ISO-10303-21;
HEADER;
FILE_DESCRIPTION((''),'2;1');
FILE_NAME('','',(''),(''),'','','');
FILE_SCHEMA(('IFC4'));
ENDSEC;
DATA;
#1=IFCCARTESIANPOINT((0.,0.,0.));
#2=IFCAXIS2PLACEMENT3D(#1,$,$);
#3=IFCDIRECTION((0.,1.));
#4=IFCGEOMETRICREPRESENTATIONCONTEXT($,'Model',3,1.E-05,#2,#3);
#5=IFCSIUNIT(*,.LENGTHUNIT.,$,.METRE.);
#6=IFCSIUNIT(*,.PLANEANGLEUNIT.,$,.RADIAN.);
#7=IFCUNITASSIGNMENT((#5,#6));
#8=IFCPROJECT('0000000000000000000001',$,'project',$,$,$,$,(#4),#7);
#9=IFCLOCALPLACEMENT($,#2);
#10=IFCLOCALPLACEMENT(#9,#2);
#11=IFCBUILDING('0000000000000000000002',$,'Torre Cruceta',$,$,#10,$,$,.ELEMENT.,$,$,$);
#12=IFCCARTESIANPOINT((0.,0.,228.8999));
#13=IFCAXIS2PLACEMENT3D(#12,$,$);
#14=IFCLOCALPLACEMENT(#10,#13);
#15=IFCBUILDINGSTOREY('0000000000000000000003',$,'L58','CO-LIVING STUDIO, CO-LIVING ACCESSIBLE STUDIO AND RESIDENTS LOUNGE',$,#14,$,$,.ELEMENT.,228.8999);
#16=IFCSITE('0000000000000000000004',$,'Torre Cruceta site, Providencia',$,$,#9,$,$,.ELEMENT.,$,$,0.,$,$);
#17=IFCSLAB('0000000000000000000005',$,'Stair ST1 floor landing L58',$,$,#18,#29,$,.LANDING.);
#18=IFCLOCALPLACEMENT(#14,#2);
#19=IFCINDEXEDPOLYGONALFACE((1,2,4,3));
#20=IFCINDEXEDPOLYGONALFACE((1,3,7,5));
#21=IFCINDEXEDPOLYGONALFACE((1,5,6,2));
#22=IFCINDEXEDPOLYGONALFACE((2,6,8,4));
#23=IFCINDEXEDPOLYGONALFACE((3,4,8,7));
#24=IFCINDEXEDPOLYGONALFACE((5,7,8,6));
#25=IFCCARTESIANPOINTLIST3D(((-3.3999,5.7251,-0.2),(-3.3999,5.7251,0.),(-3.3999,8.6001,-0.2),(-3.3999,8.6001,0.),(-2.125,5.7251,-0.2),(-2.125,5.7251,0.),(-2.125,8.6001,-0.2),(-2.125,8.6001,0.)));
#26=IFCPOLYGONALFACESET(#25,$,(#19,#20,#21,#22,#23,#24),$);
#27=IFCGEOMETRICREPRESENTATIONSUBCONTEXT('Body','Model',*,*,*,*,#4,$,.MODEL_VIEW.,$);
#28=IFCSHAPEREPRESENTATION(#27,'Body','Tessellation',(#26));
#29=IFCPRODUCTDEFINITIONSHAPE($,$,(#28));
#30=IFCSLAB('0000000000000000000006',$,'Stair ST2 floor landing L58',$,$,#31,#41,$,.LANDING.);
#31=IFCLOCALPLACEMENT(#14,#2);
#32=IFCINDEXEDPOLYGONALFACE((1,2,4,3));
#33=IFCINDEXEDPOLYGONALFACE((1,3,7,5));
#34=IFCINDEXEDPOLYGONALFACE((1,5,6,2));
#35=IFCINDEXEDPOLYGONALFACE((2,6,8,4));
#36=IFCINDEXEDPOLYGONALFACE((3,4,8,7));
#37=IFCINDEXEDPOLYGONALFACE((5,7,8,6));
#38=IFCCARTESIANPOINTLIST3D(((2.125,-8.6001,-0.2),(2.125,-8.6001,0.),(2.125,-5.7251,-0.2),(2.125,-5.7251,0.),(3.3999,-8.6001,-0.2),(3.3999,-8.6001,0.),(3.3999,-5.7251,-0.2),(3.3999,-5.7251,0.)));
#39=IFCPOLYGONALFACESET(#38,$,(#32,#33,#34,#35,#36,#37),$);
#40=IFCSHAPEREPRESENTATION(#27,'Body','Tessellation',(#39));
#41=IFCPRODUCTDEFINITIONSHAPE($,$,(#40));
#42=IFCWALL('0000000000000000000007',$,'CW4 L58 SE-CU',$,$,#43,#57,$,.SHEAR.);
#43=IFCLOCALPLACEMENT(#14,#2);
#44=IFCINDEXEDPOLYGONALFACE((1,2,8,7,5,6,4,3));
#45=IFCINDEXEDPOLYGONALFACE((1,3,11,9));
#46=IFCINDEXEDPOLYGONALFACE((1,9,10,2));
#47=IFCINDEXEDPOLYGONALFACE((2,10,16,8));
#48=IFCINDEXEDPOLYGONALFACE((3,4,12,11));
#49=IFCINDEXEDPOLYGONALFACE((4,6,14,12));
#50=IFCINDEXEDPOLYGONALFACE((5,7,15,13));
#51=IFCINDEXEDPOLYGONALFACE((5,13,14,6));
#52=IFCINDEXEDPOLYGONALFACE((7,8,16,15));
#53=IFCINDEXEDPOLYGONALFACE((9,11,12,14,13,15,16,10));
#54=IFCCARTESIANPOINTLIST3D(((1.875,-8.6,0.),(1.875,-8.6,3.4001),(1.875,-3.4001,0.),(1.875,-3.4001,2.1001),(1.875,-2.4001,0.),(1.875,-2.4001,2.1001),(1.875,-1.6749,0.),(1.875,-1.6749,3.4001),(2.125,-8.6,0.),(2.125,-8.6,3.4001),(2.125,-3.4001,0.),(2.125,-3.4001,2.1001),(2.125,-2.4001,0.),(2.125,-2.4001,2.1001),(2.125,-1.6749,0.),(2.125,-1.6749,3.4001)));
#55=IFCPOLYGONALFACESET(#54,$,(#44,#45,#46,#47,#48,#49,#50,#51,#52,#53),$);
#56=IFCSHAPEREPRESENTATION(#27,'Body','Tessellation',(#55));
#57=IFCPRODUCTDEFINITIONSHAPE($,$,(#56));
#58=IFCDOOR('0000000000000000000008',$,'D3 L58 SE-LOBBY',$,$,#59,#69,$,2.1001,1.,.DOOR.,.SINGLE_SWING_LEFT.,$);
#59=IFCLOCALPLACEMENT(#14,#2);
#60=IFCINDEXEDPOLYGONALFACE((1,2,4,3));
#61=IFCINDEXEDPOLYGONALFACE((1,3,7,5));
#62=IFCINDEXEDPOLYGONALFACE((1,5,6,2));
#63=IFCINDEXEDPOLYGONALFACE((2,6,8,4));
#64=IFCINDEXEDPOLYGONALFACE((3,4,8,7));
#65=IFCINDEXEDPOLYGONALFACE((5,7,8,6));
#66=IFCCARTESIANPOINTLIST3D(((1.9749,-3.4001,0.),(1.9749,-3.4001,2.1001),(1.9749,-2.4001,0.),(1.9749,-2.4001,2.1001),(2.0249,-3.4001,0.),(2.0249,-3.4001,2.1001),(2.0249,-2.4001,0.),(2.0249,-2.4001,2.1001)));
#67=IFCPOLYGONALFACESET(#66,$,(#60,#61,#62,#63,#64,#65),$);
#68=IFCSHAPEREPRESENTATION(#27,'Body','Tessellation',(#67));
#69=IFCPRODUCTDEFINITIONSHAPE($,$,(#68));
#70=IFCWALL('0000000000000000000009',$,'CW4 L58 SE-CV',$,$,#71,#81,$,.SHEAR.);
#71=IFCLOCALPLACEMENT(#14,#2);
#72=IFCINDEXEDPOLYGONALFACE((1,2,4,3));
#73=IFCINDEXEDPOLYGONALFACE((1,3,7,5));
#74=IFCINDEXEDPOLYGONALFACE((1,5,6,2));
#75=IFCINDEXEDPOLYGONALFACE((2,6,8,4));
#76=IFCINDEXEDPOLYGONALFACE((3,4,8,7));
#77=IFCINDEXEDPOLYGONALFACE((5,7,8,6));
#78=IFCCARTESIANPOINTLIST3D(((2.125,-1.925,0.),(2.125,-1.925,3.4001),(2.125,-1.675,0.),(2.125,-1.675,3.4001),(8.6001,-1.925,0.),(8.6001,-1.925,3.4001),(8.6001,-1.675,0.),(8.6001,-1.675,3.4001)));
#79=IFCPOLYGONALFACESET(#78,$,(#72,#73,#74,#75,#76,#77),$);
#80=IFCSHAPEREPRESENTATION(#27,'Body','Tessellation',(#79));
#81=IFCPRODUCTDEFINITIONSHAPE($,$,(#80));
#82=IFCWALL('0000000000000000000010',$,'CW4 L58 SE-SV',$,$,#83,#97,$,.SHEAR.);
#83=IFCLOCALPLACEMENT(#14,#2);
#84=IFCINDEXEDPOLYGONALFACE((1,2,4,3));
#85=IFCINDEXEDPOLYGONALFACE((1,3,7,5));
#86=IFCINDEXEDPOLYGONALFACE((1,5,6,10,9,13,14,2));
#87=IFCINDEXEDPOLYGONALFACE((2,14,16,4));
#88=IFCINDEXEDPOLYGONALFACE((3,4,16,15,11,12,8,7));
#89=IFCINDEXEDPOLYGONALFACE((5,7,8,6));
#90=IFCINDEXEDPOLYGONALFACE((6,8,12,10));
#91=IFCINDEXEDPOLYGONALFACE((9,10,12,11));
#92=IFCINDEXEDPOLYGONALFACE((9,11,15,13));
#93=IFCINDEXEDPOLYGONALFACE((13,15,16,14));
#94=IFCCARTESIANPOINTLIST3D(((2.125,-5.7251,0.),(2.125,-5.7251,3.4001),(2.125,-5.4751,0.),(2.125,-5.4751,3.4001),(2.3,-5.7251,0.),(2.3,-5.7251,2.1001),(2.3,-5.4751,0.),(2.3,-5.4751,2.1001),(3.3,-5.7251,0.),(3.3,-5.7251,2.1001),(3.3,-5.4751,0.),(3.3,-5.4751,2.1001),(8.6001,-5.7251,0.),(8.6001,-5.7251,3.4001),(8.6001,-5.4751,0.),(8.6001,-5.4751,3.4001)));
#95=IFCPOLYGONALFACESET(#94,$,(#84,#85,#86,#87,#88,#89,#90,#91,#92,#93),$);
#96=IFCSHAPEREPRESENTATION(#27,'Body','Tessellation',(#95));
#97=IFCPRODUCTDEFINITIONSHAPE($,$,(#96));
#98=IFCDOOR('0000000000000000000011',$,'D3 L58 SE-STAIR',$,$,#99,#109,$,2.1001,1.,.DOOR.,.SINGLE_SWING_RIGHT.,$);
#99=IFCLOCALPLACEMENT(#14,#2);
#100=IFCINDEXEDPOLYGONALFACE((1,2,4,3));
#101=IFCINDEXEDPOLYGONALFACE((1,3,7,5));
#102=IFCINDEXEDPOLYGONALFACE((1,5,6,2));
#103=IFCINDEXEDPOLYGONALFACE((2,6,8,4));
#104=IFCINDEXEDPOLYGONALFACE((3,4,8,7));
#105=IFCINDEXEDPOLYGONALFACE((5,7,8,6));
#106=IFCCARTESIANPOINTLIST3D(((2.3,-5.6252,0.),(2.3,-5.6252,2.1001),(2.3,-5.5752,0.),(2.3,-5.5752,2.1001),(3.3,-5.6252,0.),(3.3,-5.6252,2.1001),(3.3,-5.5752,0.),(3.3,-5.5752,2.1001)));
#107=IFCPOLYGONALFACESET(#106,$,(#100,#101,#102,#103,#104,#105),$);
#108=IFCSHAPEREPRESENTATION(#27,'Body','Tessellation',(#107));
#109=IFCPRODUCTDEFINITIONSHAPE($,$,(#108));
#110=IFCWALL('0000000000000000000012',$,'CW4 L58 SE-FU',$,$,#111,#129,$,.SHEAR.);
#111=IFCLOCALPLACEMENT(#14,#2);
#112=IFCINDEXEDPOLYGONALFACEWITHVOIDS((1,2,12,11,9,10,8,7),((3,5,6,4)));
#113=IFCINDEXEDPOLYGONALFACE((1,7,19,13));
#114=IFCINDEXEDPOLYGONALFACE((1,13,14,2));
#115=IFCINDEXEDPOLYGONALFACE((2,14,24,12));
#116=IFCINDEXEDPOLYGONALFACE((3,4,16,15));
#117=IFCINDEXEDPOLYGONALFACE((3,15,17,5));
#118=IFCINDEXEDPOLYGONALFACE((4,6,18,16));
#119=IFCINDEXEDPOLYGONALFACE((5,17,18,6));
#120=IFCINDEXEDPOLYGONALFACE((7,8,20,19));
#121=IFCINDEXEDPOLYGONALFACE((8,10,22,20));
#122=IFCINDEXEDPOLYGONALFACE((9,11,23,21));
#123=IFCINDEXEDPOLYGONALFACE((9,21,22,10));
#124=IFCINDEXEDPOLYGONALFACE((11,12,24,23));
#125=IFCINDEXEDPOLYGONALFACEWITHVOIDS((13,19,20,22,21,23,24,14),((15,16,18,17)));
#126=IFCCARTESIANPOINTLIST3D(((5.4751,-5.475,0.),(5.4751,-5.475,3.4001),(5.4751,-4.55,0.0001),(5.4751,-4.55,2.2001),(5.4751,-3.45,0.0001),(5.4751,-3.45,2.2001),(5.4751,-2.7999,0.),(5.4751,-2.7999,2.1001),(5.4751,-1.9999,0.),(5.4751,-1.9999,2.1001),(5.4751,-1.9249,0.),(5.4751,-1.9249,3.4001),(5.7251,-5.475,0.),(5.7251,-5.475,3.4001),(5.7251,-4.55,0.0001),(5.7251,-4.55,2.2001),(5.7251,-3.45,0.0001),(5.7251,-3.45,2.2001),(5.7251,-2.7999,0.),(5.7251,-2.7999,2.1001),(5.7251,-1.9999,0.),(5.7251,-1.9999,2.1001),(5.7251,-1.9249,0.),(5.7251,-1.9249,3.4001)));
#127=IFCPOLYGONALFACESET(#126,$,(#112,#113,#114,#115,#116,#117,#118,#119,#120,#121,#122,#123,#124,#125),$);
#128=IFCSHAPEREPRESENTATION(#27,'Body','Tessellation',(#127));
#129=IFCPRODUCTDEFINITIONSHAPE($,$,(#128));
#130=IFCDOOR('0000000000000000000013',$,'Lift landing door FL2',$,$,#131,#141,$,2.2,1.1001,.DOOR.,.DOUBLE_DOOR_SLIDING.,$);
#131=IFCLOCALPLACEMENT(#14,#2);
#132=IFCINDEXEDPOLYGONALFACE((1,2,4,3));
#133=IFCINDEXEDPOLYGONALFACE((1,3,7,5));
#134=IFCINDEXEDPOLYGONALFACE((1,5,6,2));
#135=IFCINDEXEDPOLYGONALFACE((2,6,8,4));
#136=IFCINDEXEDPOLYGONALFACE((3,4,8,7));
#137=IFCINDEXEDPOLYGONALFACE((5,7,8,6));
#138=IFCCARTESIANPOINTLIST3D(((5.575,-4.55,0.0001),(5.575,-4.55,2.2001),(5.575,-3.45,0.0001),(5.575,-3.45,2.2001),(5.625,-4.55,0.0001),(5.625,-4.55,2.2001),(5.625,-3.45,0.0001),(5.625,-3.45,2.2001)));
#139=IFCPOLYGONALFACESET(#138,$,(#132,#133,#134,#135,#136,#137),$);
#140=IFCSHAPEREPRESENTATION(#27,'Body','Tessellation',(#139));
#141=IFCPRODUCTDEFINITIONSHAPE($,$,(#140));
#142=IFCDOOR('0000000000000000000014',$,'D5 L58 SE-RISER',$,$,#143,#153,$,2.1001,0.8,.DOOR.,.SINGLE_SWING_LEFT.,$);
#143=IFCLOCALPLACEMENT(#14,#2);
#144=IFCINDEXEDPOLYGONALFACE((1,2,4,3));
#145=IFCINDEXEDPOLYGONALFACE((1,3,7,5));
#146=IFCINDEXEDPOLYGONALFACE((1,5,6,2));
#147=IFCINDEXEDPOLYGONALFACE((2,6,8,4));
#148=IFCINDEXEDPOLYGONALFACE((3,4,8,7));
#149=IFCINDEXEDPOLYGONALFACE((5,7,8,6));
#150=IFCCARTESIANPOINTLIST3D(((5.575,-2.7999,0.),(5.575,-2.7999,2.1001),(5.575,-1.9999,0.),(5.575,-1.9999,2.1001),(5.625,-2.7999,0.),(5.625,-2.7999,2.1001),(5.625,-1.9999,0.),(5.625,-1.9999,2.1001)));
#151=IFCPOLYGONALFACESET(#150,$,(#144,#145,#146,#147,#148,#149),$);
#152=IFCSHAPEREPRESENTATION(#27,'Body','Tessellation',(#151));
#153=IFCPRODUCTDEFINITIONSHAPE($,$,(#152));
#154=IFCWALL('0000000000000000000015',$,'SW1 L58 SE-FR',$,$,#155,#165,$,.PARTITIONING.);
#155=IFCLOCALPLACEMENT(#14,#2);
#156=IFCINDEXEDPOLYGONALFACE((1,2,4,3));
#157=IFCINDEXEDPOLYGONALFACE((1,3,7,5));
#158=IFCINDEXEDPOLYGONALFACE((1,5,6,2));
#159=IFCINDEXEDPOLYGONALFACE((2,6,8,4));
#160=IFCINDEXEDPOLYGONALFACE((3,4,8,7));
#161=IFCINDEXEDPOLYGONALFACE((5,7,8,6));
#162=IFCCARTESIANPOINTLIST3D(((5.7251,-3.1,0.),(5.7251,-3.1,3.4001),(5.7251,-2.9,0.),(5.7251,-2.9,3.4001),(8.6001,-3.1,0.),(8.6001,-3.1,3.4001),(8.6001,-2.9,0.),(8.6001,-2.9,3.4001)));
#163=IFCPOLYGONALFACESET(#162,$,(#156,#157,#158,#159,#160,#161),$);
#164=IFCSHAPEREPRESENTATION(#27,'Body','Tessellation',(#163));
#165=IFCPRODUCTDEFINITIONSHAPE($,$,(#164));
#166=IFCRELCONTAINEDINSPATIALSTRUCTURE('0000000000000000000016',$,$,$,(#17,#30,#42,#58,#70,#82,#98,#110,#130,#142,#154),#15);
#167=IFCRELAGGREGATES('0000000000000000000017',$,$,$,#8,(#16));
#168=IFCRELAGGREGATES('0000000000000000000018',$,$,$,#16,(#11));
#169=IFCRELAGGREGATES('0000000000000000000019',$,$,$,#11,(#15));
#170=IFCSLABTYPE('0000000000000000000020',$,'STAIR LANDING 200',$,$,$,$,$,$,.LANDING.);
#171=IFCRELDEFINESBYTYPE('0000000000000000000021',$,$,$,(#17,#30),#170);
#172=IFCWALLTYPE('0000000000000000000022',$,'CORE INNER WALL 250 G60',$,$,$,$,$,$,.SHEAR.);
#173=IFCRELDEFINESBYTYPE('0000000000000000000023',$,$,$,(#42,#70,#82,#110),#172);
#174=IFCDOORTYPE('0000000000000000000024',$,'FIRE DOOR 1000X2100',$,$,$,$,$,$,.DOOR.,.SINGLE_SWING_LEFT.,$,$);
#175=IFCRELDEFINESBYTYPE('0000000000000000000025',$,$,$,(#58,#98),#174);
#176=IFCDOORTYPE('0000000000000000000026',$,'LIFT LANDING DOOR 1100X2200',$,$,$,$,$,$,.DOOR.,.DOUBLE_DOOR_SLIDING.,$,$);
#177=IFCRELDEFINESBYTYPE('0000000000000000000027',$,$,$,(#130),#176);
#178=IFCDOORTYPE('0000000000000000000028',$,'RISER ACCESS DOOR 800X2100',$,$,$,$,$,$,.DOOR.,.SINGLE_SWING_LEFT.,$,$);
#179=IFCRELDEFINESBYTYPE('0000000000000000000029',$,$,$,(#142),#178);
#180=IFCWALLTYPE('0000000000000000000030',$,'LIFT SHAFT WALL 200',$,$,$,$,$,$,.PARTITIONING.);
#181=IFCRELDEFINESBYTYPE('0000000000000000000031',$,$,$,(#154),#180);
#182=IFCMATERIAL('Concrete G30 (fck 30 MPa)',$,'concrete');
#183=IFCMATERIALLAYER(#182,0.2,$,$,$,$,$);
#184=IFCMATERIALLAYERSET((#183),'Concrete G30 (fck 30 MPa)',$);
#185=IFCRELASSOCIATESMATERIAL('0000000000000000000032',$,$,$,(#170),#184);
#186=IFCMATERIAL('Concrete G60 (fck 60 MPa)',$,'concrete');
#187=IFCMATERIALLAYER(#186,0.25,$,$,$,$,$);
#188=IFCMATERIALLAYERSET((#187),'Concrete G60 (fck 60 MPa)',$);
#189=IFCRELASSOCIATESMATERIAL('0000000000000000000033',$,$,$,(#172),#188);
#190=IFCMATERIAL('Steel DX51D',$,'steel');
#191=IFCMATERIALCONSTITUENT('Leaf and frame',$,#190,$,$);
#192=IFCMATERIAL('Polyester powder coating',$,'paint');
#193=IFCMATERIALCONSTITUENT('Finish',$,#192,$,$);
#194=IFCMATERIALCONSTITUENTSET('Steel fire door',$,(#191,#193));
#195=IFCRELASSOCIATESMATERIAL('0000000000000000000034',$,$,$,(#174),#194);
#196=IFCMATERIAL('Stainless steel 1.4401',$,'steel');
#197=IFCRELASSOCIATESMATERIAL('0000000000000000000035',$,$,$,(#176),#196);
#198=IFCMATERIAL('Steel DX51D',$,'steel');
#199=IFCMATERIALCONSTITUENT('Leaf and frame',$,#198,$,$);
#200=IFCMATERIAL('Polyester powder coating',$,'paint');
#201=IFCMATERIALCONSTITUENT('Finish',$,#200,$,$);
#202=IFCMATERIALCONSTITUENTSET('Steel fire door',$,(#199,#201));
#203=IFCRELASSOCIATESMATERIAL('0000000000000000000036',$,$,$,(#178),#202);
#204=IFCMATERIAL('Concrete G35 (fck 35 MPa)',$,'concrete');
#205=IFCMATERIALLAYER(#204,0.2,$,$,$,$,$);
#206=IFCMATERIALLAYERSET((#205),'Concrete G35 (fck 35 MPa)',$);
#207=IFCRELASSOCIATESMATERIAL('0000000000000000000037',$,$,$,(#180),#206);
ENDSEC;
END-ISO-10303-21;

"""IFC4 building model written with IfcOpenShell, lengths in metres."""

from ifc_helpers import new_model, si_unit, direction, frame, frame_2d, origin, place, context, subcontext, project, spatial, polyline, rectangle, outline, extrude, material, layer, layer_set, constituent, constituent_set, type_object, element, fill, save


model = new_model("IFC4")

# Units and contexts
model_context = context("Model", 3, precision=1e-05, world=origin(), true_north=direction((0.0, 1.0)))
body_context = subcontext(model_context, "Body", "Model", "MODEL_VIEW")
ifc_project = project(units=[si_unit("LENGTHUNIT", "METRE"), si_unit("PLANEANGLEUNIT", "RADIAN")], contexts=[model_context])

# Site, building, storey
site_placement = place(None, origin())
site = spatial("IfcSite", under=ifc_project, at=site_placement, Name="Torre Cruceta site, Providencia", CompositionType="ELEMENT", RefElevation=0.0)
building_placement = place(site_placement, origin())
building = spatial("IfcBuilding", under=site, at=building_placement, Name="Torre Cruceta", CompositionType="ELEMENT")
storey_placement = place(building_placement, frame((0.0, 0.0, 228.8999)))
storey = spatial("IfcBuildingStorey", under=building, at=storey_placement, Name="L58", Description="CO-LIVING STUDIO, CO-LIVING ACCESSIBLE STUDIO AND RESIDENTS LOUNGE", CompositionType="ELEMENT", Elevation=228.8999)

# Shared definitions
ifc_material_1 = material(Name="Concrete G30 (fck 30 MPa)", Category="concrete")
ifc_layer_1 = layer(ifc_material_1, 0.2)
ifc_layer_set_1 = layer_set([ifc_layer_1], Name="Concrete G30 (fck 30 MPa)")
slab_type_1 = type_object("IfcSlabType", Name="STAIR LANDING 200", PredefinedType="LANDING", material=ifc_layer_set_1)

# Slabs
slab_1_placement = place(storey_placement, frame((0.0, 0.0, -0.2)))
element("IfcSlab", 1, at=slab_1_placement, inside=storey, type_object=slab_type_1, Name="Stair ST1 floor landing L58", PredefinedType="LANDING", context=body_context, shape_type="SweptSolid", body=[
    extrude(outline(polyline([(-2.125, 8.6001), (-2.125, 5.7251), (-3.3999, 5.7251), (-3.3999, 8.6001), (-2.125, 8.6001)])), origin(), (0.0, 0.0, 1.0), 0.2),
])
slab_2_placement = place(storey_placement, frame((0.0, 0.0, -0.2)))
element("IfcSlab", 2, at=slab_2_placement, inside=storey, type_object=slab_type_1, Name="Stair ST2 floor landing L58", PredefinedType="LANDING", context=body_context, shape_type="SweptSolid", body=[
    extrude(outline(polyline([(2.125, -8.6001), (2.125, -5.7251), (3.3999, -5.7251), (3.3999, -8.6001), (2.125, -8.6001)])), origin(), (0.0, 0.0, 1.0), 0.2),
])

# Wall, opening, door
ifc_material_2 = material(Name="Concrete G60 (fck 60 MPa)", Category="concrete")
ifc_layer_2 = layer(ifc_material_2, 0.25)
ifc_layer_set_2 = layer_set([ifc_layer_2], Name="Concrete G60 (fck 60 MPa)")
wall_type_1 = type_object("IfcWallType", Name="CORE INNER WALL 250 G60", PredefinedType="SHEAR", material=ifc_layer_set_2)
wall_1_placement = place(storey_placement, frame((2.0, -1.675, 0.0), z_axis=(0.0, 0.0, 1.0), x_axis=(0.0, -1.0, 0.0)))
wall_1 = element("IfcWall", 3, at=wall_1_placement, inside=storey, type_object=wall_type_1, Name="CW4 L58 SE-CU", PredefinedType="SHEAR", context=body_context, shape_type="SweptSolid", body=[
    extrude(rectangle(XDim=6.925, YDim=0.25, at=frame_2d((3.4624, 0.0))), origin(), (0.0, 0.0, 1.0), 3.4001),
])
opening_1_placement = place(wall_1_placement, frame((0.7251, 0.0, 0.0)))
opening_1 = element("IfcOpeningElement", 4, at=opening_1_placement, cuts=wall_1, PredefinedType="OPENING", context=body_context, shape_type="SweptSolid", body=[
    extrude(rectangle(XDim=1.0, YDim=2.1001, at=frame_2d((0.5, 1.05))), frame((0.0, 0.135, 0.0), z_axis=(0.0, -1.0, 0.0), x_axis=(1.0, 0.0, 0.0)), (0.0, 0.0, 1.0), 0.27),
])
ifc_material_3 = material(Name="Steel DX51D", Category="steel")
ifc_constituent_1 = constituent(ifc_material_3, Name="Leaf and frame")
ifc_material_4 = material(Name="Polyester powder coating", Category="paint")
ifc_constituent_2 = constituent(ifc_material_4, Name="Finish")
ifc_constituent_set_1 = constituent_set(constituents=[ifc_constituent_1, ifc_constituent_2], Name="Steel fire door")
door_type_1 = type_object("IfcDoorType", Name="FIRE DOOR 1000X2100", OperationType="SINGLE_SWING_LEFT", PredefinedType="DOOR", material=ifc_constituent_set_1)
door_1_placement = place(opening_1_placement, origin())
door_1 = element("IfcDoor", 5, at=door_1_placement, inside=storey, type_object=door_type_1, Name="D3 L58 SE-LOBBY", OperationType="SINGLE_SWING_LEFT", OverallHeight=2.1001, OverallWidth=1.0, PredefinedType="DOOR", context=body_context, shape_type="SweptSolid", body=[
    extrude(rectangle(XDim=1.0, YDim=2.1001, at=frame_2d((0.5, 1.05))), frame((0.0, 0.0249, 0.0), z_axis=(0.0, -1.0, 0.0), x_axis=(1.0, 0.0, 0.0)), (0.0, 0.0, 1.0), 0.05),
])
fill(opening_1, door_1)

# Wall
wall_2_placement = place(storey_placement, frame((2.125, -1.8, 0.0), z_axis=(0.0, 0.0, 1.0), x_axis=(1.0, 0.0, 0.0)))
element("IfcWall", 6, at=wall_2_placement, inside=storey, type_object=wall_type_1, Name="CW4 L58 SE-CV", PredefinedType="SHEAR", context=body_context, shape_type="SweptSolid", body=[
    extrude(rectangle(XDim=6.4751, YDim=0.25, at=frame_2d((3.2375, 0.0))), origin(), (0.0, 0.0, 1.0), 3.4001),
])

# Wall, opening, door
wall_3_placement = place(storey_placement, frame((2.125, -5.6001, 0.0), z_axis=(0.0, 0.0, 1.0), x_axis=(1.0, 0.0, 0.0)))
wall_3 = element("IfcWall", 7, at=wall_3_placement, inside=storey, type_object=wall_type_1, Name="CW4 L58 SE-SV", PredefinedType="SHEAR", context=body_context, shape_type="SweptSolid", body=[
    extrude(rectangle(XDim=6.4751, YDim=0.25, at=frame_2d((3.2375, 0.0))), origin(), (0.0, 0.0, 1.0), 3.4001),
])
opening_2_placement = place(wall_3_placement, frame((0.175, 0.0, 0.0)))
opening_2 = element("IfcOpeningElement", 8, at=opening_2_placement, cuts=wall_3, PredefinedType="OPENING", context=body_context, shape_type="SweptSolid", body=[
    extrude(rectangle(XDim=1.0, YDim=2.1001, at=frame_2d((0.5, 1.05))), frame((0.0, 0.135, 0.0), z_axis=(0.0, -1.0, 0.0), x_axis=(1.0, 0.0, 0.0)), (0.0, 0.0, 1.0), 0.27),
])
door_2_placement = place(opening_2_placement, frame((1.0, 0.0, 0.0), z_axis=(0.0, 0.0, 1.0), x_axis=(-1.0, 0.0, 0.0)))
door_2 = element("IfcDoor", 9, at=door_2_placement, inside=storey, type_object=door_type_1, Name="D3 L58 SE-STAIR", OperationType="SINGLE_SWING_RIGHT", OverallHeight=2.1001, OverallWidth=1.0, PredefinedType="DOOR", context=body_context, shape_type="SweptSolid", body=[
    extrude(rectangle(XDim=1.0, YDim=2.1001, at=frame_2d((0.5, 1.05))), frame((0.0, 0.0251, 0.0), z_axis=(0.0, -1.0, 0.0), x_axis=(1.0, 0.0, 0.0)), (0.0, 0.0, 1.0), 0.05),
])
fill(opening_2, door_2)

# Wall, openings, doors
wall_4_placement = place(storey_placement, frame((5.6001, -1.925, 0.0), z_axis=(0.0, 0.0, 1.0), x_axis=(0.0, -1.0, 0.0)))
wall_4 = element("IfcWall", 10, at=wall_4_placement, inside=storey, type_object=wall_type_1, Name="CW4 L58 SE-FU", PredefinedType="SHEAR", context=body_context, shape_type="SweptSolid", body=[
    extrude(rectangle(XDim=3.55, YDim=0.25, at=frame_2d((1.7749, 0.0))), origin(), (0.0, 0.0, 1.0), 3.4001),
])
opening_3_placement = place(wall_4_placement, frame((1.5249, 0.0, 0.0)))
opening_3 = element("IfcOpeningElement", 11, at=opening_3_placement, cuts=wall_4, PredefinedType="OPENING", context=body_context, shape_type="SweptSolid", body=[
    extrude(rectangle(XDim=1.1001, YDim=2.2, at=frame_2d((0.55, 1.1001))), frame((0.0, 0.135, 0.0), z_axis=(0.0, -1.0, 0.0), x_axis=(1.0, 0.0, 0.0)), (0.0, 0.0, 1.0), 0.27),
])
opening_4_placement = place(wall_4_placement, frame((0.075, 0.0, 0.0)))
opening_4 = element("IfcOpeningElement", 12, at=opening_4_placement, cuts=wall_4, PredefinedType="OPENING", context=body_context, shape_type="SweptSolid", body=[
    extrude(rectangle(XDim=0.8, YDim=2.1001, at=frame_2d((0.3999, 1.05))), frame((0.0, 0.135, 0.0), z_axis=(0.0, -1.0, 0.0), x_axis=(1.0, 0.0, 0.0)), (0.0, 0.0, 1.0), 0.27),
])
ifc_material_5 = material(Name="Stainless steel 1.4401", Category="steel")
door_type_2 = type_object("IfcDoorType", Name="LIFT LANDING DOOR 1100X2200", OperationType="DOUBLE_DOOR_SLIDING", PredefinedType="DOOR", material=ifc_material_5)
door_3_placement = place(opening_3_placement, origin())
door_3 = element("IfcDoor", 13, at=door_3_placement, inside=storey, type_object=door_type_2, Name="Lift landing door FL2", OperationType="DOUBLE_DOOR_SLIDING", OverallHeight=2.2, OverallWidth=1.1001, PredefinedType="DOOR", context=body_context, shape_type="SweptSolid", body=[
    extrude(rectangle(XDim=1.1001, YDim=2.2, at=frame_2d((0.55, 1.1001))), frame((0.0, 0.0249, 0.0), z_axis=(0.0, -1.0, 0.0), x_axis=(1.0, 0.0, 0.0)), (0.0, 0.0, 1.0), 0.05),
])
fill(opening_3, door_3)
ifc_material_6 = material(Name="Steel DX51D", Category="steel")
ifc_constituent_3 = constituent(ifc_material_6, Name="Leaf and frame")
ifc_material_7 = material(Name="Polyester powder coating", Category="paint")
ifc_constituent_4 = constituent(ifc_material_7, Name="Finish")
ifc_constituent_set_2 = constituent_set(constituents=[ifc_constituent_3, ifc_constituent_4], Name="Steel fire door")
door_type_3 = type_object("IfcDoorType", Name="RISER ACCESS DOOR 800X2100", OperationType="SINGLE_SWING_LEFT", PredefinedType="DOOR", material=ifc_constituent_set_2)
door_4_placement = place(opening_4_placement, origin())
door_4 = element("IfcDoor", 14, at=door_4_placement, inside=storey, type_object=door_type_3, Name="D5 L58 SE-RISER", OperationType="SINGLE_SWING_LEFT", OverallHeight=2.1001, OverallWidth=0.8, PredefinedType="DOOR", context=body_context, shape_type="SweptSolid", body=[
    extrude(rectangle(XDim=0.8, YDim=2.1001, at=frame_2d((0.3999, 1.05))), frame((0.0, 0.0249, 0.0), z_axis=(0.0, -1.0, 0.0), x_axis=(1.0, 0.0, 0.0)), (0.0, 0.0, 1.0), 0.05),
])
fill(opening_4, door_4)

# Wall
ifc_material_8 = material(Name="Concrete G35 (fck 35 MPa)", Category="concrete")
ifc_layer_3 = layer(ifc_material_8, 0.2)
ifc_layer_set_3 = layer_set([ifc_layer_3], Name="Concrete G35 (fck 35 MPa)")
wall_type_2 = type_object("IfcWallType", Name="LIFT SHAFT WALL 200", PredefinedType="PARTITIONING", material=ifc_layer_set_3)
wall_5_placement = place(storey_placement, frame((5.7251, -3.0, 0.0), z_axis=(0.0, 0.0, 1.0), x_axis=(1.0, 0.0, 0.0)))
element("IfcWall", 15, at=wall_5_placement, inside=storey, type_object=wall_type_2, Name="SW1 L58 SE-FR", PredefinedType="PARTITIONING", context=body_context, shape_type="SweptSolid", body=[
    extrude(rectangle(XDim=2.875, YDim=0.2, at=frame_2d((1.4375, 0.0))), origin(), (0.0, 0.0, 1.0), 3.4001),
])

save(model, "model.ifc")
